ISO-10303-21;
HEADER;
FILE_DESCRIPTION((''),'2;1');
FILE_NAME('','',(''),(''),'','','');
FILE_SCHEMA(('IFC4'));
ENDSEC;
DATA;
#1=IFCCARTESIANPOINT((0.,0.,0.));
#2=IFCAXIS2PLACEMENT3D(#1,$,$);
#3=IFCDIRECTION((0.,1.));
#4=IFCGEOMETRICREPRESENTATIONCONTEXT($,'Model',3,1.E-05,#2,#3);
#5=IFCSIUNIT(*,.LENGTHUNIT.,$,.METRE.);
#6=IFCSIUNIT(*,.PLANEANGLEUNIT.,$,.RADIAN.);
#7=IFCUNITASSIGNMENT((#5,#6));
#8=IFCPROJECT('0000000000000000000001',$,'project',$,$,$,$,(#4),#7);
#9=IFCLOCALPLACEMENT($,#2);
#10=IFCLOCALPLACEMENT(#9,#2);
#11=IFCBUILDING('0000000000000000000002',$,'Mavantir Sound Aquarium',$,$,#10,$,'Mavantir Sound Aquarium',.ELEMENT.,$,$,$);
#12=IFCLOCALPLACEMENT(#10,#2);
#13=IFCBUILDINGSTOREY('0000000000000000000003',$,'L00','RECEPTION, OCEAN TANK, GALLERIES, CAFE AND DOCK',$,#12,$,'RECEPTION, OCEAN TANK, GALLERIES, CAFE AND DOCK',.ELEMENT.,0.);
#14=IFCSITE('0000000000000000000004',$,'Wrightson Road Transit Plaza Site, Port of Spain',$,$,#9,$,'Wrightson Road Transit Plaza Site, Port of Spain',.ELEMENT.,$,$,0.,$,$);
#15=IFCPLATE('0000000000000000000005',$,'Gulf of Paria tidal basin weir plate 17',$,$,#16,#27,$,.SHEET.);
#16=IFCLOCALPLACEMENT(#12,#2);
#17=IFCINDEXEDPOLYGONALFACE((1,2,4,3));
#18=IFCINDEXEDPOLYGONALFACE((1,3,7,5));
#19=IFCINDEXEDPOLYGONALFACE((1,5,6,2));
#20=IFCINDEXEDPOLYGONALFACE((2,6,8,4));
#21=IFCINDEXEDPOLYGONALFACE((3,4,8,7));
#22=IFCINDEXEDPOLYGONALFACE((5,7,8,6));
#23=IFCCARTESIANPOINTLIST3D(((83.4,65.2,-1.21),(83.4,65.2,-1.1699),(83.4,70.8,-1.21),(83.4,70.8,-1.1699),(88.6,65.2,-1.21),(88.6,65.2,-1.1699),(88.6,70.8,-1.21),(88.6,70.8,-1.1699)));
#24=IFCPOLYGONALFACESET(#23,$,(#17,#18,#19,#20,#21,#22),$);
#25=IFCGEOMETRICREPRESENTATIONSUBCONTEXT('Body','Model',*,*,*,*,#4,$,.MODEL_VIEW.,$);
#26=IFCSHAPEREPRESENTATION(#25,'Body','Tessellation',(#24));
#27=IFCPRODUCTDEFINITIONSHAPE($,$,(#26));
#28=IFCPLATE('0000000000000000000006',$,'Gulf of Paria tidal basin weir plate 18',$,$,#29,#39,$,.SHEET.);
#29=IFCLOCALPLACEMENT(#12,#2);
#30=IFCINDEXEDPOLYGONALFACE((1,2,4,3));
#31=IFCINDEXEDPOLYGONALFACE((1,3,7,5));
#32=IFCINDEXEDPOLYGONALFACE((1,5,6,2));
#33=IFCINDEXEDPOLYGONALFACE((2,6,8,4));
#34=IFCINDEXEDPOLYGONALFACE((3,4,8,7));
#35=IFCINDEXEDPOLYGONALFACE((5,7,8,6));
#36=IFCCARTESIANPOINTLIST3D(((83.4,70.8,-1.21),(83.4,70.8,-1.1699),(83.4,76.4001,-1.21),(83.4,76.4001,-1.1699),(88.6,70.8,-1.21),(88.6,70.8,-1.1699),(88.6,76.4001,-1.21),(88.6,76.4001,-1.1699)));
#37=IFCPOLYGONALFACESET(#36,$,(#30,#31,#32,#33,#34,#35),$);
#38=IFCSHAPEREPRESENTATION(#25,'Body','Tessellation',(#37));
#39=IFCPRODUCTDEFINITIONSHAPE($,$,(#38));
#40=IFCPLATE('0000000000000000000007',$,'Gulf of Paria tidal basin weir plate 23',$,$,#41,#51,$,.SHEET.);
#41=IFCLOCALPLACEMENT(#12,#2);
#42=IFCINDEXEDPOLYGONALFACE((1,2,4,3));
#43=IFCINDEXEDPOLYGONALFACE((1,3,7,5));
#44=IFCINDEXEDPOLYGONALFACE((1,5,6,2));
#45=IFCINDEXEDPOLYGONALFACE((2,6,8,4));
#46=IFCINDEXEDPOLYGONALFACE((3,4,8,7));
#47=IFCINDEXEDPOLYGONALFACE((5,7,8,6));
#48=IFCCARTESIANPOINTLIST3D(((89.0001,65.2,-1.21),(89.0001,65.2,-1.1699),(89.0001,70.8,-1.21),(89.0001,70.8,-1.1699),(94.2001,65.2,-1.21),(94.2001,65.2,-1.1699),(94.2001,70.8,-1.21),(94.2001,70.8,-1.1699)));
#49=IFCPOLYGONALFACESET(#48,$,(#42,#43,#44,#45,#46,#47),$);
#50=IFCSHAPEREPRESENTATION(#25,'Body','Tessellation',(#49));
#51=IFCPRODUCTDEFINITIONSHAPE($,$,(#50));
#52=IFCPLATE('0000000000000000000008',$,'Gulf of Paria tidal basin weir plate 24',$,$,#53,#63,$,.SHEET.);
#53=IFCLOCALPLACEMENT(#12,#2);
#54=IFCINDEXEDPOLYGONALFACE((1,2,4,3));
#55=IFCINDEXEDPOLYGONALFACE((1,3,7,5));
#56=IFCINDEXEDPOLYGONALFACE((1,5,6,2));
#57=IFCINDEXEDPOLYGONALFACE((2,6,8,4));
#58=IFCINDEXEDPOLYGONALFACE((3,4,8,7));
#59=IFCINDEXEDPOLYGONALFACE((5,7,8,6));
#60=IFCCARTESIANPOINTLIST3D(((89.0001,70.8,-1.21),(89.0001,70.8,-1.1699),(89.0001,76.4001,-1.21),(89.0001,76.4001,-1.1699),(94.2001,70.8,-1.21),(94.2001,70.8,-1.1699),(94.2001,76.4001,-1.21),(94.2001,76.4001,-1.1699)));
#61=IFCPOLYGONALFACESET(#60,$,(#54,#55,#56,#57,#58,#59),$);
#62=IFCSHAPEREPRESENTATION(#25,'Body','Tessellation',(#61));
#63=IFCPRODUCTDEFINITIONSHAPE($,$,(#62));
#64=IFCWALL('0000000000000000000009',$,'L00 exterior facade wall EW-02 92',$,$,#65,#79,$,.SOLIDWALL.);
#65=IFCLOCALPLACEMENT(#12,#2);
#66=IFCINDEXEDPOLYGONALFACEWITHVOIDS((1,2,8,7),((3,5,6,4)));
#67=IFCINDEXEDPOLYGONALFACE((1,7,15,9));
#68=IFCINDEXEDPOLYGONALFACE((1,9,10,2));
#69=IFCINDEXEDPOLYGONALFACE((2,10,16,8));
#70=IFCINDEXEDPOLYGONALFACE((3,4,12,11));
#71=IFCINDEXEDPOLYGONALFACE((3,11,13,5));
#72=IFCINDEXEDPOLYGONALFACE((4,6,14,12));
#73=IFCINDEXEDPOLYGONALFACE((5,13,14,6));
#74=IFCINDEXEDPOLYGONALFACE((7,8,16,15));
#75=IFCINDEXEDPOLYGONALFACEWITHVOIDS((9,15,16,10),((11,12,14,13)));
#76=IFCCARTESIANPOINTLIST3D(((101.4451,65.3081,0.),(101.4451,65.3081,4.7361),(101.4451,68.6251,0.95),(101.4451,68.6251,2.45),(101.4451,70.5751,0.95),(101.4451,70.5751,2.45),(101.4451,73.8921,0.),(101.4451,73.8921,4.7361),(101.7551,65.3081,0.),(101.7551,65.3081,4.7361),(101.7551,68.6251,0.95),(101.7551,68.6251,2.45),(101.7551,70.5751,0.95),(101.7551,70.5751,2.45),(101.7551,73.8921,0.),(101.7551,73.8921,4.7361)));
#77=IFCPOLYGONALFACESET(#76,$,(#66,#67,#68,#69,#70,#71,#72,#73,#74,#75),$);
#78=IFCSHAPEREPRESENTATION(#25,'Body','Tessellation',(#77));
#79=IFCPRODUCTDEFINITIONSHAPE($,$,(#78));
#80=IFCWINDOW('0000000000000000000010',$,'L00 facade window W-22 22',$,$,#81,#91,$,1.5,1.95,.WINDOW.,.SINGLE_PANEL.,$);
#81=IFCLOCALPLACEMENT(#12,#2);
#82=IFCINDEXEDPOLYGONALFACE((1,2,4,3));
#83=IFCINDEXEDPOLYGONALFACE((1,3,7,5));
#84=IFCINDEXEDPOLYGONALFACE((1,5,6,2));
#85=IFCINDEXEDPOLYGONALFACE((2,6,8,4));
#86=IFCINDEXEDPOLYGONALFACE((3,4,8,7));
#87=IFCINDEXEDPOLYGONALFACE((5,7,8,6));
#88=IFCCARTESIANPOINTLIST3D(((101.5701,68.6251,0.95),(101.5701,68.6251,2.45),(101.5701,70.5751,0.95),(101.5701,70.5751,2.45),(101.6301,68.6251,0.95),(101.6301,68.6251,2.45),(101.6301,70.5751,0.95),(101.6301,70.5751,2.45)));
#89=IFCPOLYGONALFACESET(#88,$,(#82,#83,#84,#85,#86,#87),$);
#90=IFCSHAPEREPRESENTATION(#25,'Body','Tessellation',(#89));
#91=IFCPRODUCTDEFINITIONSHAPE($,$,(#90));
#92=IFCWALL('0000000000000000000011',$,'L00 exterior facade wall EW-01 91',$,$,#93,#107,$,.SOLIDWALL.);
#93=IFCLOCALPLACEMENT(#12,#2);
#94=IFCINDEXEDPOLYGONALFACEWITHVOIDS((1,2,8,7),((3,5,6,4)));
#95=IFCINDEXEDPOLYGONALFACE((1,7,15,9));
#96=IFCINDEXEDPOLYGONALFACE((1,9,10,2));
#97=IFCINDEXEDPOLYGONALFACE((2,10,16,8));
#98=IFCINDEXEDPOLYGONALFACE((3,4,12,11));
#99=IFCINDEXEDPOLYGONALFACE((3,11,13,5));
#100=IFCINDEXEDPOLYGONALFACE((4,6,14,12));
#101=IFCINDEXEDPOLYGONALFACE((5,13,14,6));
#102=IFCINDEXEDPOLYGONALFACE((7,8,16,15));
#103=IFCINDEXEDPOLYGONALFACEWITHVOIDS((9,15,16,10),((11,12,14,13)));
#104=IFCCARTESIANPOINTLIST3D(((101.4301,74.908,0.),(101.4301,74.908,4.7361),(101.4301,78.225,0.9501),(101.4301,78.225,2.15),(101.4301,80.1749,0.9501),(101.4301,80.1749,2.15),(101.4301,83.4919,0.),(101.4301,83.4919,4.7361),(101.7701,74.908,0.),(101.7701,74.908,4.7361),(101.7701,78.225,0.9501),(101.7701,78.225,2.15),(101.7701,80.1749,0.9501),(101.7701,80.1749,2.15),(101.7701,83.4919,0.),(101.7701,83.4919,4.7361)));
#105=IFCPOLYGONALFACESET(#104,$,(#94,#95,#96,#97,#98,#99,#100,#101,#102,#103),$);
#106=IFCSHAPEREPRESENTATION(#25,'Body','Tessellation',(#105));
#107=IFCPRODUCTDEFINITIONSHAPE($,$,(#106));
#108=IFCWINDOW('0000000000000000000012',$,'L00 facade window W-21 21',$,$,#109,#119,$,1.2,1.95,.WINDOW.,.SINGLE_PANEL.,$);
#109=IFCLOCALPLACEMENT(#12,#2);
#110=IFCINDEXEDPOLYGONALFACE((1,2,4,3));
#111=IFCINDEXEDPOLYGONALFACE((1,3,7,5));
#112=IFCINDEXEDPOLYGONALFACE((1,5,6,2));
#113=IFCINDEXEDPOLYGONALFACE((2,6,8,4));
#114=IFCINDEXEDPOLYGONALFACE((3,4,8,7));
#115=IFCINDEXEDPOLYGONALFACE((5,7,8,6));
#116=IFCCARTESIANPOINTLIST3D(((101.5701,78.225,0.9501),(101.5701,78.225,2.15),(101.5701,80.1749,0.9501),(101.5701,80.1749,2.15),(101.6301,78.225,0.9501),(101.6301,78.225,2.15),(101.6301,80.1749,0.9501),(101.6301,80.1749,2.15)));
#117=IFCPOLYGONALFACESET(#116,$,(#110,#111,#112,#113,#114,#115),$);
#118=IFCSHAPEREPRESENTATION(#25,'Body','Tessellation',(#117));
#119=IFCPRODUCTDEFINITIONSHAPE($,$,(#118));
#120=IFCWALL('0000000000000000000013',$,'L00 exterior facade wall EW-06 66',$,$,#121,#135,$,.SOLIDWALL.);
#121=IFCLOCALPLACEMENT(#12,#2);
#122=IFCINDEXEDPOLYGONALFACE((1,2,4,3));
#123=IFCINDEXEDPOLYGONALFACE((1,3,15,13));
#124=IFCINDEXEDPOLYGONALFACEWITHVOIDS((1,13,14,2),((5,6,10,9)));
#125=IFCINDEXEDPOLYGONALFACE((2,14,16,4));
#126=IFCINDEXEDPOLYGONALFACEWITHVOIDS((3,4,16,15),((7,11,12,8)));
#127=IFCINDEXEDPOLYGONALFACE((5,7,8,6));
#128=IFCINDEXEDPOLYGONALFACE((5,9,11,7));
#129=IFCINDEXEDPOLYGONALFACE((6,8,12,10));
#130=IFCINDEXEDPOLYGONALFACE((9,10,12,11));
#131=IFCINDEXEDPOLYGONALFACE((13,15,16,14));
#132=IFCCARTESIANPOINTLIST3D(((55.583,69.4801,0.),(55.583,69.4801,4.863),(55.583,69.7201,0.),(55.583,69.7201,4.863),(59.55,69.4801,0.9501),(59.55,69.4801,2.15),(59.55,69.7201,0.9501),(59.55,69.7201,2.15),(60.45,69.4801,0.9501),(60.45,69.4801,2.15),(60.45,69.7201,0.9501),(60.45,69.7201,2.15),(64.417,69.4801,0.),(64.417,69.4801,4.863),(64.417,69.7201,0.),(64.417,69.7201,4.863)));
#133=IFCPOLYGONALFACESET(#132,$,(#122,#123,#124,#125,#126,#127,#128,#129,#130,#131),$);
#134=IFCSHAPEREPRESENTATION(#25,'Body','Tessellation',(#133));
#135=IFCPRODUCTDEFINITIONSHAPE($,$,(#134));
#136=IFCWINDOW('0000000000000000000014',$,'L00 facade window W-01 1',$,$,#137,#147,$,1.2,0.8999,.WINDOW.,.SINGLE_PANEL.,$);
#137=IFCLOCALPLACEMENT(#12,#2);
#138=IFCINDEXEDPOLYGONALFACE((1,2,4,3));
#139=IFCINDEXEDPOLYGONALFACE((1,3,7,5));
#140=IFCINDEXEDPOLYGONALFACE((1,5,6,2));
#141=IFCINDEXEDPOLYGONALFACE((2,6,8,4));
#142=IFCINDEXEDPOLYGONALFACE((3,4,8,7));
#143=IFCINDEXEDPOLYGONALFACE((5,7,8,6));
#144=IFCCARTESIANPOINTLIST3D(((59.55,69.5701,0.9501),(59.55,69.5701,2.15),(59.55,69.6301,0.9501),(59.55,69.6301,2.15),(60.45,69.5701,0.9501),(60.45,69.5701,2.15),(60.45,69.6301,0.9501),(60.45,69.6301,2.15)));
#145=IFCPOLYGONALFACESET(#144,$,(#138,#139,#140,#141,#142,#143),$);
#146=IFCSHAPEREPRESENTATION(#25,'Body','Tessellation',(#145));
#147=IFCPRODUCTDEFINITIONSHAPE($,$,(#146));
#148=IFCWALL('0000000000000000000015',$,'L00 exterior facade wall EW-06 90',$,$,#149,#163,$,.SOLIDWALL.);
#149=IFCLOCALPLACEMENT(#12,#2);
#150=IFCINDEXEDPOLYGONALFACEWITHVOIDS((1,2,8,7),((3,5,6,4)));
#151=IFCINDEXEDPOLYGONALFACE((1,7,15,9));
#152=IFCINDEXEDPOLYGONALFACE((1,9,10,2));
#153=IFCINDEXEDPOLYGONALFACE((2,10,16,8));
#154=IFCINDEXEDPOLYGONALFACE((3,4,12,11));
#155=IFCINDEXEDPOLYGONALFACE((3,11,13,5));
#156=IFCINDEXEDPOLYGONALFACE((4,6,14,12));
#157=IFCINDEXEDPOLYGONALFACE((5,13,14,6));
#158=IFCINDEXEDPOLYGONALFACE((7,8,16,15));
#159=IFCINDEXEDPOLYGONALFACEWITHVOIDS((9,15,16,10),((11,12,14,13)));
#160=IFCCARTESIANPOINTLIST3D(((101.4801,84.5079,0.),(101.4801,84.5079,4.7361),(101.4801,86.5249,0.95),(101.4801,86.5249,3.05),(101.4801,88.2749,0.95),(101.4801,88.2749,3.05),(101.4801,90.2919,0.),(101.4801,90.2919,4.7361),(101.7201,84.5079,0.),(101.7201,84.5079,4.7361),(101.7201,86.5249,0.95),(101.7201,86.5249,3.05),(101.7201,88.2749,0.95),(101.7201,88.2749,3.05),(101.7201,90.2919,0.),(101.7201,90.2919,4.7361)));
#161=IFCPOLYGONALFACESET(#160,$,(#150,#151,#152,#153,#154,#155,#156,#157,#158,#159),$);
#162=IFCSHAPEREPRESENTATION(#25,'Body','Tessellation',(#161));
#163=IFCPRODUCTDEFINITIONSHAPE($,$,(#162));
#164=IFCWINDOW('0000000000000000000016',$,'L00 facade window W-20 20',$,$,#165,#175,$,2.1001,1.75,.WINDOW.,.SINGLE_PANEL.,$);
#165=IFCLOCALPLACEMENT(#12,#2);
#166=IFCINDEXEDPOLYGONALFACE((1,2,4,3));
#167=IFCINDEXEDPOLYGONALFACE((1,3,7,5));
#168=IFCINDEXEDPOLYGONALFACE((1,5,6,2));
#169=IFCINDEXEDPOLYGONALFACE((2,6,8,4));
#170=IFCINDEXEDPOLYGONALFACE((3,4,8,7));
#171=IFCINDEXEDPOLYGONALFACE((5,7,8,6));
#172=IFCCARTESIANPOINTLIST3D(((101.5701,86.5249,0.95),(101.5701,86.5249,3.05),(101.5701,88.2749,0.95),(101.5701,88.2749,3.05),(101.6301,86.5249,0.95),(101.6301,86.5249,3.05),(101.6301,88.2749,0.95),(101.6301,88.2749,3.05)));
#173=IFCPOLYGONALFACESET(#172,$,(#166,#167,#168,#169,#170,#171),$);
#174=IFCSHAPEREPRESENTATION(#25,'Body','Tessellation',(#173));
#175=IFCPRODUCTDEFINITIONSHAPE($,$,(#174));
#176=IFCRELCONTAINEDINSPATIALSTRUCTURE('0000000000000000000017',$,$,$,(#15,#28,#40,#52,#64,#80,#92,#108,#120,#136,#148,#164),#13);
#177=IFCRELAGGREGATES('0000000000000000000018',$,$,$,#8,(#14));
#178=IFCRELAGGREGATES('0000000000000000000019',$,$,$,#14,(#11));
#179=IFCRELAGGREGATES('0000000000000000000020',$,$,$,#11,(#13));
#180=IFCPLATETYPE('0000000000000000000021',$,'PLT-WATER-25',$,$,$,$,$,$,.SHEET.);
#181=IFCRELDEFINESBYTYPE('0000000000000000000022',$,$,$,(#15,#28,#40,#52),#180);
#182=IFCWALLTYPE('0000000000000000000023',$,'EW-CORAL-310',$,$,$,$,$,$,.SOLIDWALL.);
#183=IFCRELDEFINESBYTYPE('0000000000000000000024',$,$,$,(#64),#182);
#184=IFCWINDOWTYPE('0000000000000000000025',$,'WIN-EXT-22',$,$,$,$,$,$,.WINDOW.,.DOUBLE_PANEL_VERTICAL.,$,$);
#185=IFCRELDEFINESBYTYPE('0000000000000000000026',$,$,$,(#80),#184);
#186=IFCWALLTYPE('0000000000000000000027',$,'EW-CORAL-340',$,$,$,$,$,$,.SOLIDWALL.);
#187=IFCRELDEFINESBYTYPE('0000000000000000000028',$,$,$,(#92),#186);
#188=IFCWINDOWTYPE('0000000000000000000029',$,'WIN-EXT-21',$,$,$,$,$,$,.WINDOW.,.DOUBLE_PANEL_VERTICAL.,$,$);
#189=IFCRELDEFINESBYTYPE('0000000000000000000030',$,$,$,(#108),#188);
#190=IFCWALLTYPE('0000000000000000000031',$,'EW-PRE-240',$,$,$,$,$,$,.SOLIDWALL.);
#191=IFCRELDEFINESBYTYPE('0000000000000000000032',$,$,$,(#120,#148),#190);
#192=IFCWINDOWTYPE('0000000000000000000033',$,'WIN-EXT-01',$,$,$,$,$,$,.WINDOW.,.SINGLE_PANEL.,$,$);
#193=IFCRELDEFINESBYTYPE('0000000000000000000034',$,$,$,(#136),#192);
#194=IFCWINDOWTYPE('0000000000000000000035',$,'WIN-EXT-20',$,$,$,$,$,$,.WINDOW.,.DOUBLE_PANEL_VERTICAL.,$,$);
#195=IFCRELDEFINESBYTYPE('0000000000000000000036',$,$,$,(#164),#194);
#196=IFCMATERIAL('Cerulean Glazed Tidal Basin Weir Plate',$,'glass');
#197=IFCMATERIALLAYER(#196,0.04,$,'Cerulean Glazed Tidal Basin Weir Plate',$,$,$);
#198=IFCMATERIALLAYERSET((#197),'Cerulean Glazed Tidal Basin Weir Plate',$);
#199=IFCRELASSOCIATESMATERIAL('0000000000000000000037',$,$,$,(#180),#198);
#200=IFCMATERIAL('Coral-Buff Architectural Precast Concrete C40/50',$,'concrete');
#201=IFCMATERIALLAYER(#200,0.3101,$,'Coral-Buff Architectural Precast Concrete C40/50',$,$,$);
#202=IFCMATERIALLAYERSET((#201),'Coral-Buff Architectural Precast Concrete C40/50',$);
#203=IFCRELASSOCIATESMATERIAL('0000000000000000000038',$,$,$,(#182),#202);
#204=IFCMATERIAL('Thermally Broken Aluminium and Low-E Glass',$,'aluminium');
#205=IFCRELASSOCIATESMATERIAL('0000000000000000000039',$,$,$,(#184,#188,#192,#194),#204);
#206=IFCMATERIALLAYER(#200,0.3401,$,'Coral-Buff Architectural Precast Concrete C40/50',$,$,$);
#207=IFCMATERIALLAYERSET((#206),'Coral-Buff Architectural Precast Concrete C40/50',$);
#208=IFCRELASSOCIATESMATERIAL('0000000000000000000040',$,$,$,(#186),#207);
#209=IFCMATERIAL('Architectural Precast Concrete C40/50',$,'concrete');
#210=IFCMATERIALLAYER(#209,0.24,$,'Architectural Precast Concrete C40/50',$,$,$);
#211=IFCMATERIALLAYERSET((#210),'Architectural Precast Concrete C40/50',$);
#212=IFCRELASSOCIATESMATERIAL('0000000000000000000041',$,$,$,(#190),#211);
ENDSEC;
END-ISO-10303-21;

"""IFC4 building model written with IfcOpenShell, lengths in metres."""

from ifc_helpers import new_model, si_unit, direction, frame, frame_2d, origin, origin_2d, place, context, subcontext, project, spatial, rectangle, extrude, material, layer, layer_set, type_object, element, fill, save


model = new_model("IFC4")

# Units and contexts
model_context = context("Model", 3, precision=1e-05, world=origin(), true_north=direction((0.0, 1.0)))
body_context = subcontext(model_context, "Body", "Model", "MODEL_VIEW")
ifc_project = project(units=[si_unit("LENGTHUNIT", "METRE"), si_unit("PLANEANGLEUNIT", "RADIAN")], contexts=[model_context])

# Site, building, storey
site_placement = place(None, origin())
site = spatial("IfcSite", under=ifc_project, at=site_placement, Name="Wrightson Road Transit Plaza Site, Port of Spain", LongName="Wrightson Road Transit Plaza Site, Port of Spain", CompositionType="ELEMENT", RefElevation=0.0)
building_placement = place(site_placement, origin())
building = spatial("IfcBuilding", under=site, at=building_placement, Name="Mavantir Sound Aquarium", LongName="Mavantir Sound Aquarium", CompositionType="ELEMENT")
storey_placement = place(building_placement, origin())
storey = spatial("IfcBuildingStorey", under=building, at=storey_placement, Name="L00", Description="RECEPTION, OCEAN TANK, GALLERIES, CAFE AND DOCK", LongName="RECEPTION, OCEAN TANK, GALLERIES, CAFE AND DOCK", CompositionType="ELEMENT", Elevation=0.0)

# Plates
ifc_material_1 = material(Name="Cerulean Glazed Tidal Basin Weir Plate", Category="glass")
ifc_layer_1 = layer(ifc_material_1, 0.04, Name="Cerulean Glazed Tidal Basin Weir Plate")
ifc_layer_set_1 = layer_set([ifc_layer_1], Name="Cerulean Glazed Tidal Basin Weir Plate")
plate_type_1 = type_object("IfcPlateType", Name="PLT-WATER-25", PredefinedType="SHEET", material=ifc_layer_set_1)
for number, where, z_axis, x_axis, name in (
    (1, (86.0, 68.0, -1.21), (0.0, 0.0, 1.0), (1.0, 0.0, 0.0), "Gulf of Paria tidal basin weir plate 17"),
    (2, (86.0, 73.6001, -1.21), (0.0, 0.0, 1.0), (1.0, 0.0, 0.0), "Gulf of Paria tidal basin weir plate 18"),
    (3, (91.6001, 68.0, -1.21), (0.0, 0.0, 1.0), (1.0, 0.0, 0.0), "Gulf of Paria tidal basin weir plate 23"),
    (4, (91.6001, 73.6001, -1.21), (0.0, 0.0, 1.0), (1.0, 0.0, 0.0), "Gulf of Paria tidal basin weir plate 24"),
):
    element("IfcPlate", number, at=place(storey_placement, frame(where, z_axis=z_axis, x_axis=x_axis)), inside=storey, type_object=plate_type_1, Name=name, PredefinedType="SHEET", context=body_context, shape_type="SweptSolid", body=[
        extrude(rectangle(XDim=5.2, YDim=5.6001, at=origin_2d()), origin(), (0.0, 0.0, 1.0), 0.04),
    ])

# Walls, openings, windows
ifc_material_2 = material(Name="Coral-Buff Architectural Precast Concrete C40/50", Category="concrete")
ifc_layer_2 = layer(ifc_material_2, 0.3101, Name="Coral-Buff Architectural Precast Concrete C40/50")
ifc_layer_set_2 = layer_set([ifc_layer_2], Name="Coral-Buff Architectural Precast Concrete C40/50")
wall_type_1 = type_object("IfcWallType", Name="EW-CORAL-310", PredefinedType="SOLIDWALL", material=ifc_layer_set_2)
wall_1_placement = place(storey_placement, frame((101.6001, 73.8921, 0.0), z_axis=(0.0, 0.0, 1.0), x_axis=(0.0, -1.0, 0.0)))
wall_1 = element("IfcWall", 5, at=wall_1_placement, inside=storey, type_object=wall_type_1, Name="L00 exterior facade wall EW-02 92", PredefinedType="SOLIDWALL", context=body_context, shape_type="SweptSolid", body=[
    extrude(rectangle(XDim=8.584, YDim=0.3101, at=frame_2d((4.292, 0.0))), origin(), (0.0, 0.0, 1.0), 4.7361),
])
opening_1_placement = place(wall_1_placement, frame((3.3169, 0.0, 0.95)))
opening_1 = element("IfcOpeningElement", 6, at=opening_1_placement, cuts=wall_1, PredefinedType="OPENING", context=body_context, shape_type="SweptSolid", body=[
    extrude(rectangle(XDim=1.95, YDim=1.5, at=frame_2d((0.9751, 0.75))), frame((0.0, 0.165, 0.0), z_axis=(0.0, -1.0, 0.0), x_axis=(1.0, 0.0, 0.0)), (0.0, 0.0, 1.0), 0.3301),
])
ifc_material_3 = material(Name="Thermally Broken Aluminium and Low-E Glass", Category="aluminium")
window_type_1 = type_object("IfcWindowType", Name="WIN-EXT-22", PartitioningType="DOUBLE_PANEL_VERTICAL", PredefinedType="WINDOW", material=ifc_material_3)
window_1_placement = place(opening_1_placement, origin())
window_1 = element("IfcWindow", 7, at=window_1_placement, inside=storey, type_object=window_type_1, Name="L00 facade window W-22 22", OverallHeight=1.5, OverallWidth=1.95, PartitioningType="SINGLE_PANEL", PredefinedType="WINDOW", context=body_context, shape_type="SweptSolid", body=[
    extrude(rectangle(XDim=1.95, YDim=1.5, at=frame_2d((0.9751, 0.75))), frame((0.0, 0.03, 0.0), z_axis=(0.0, -1.0, 0.0), x_axis=(1.0, 0.0, 0.0)), (0.0, 0.0, 1.0), 0.0601),
])
fill(opening_1, window_1)
ifc_layer_3 = layer(ifc_material_2, 0.3401, Name="Coral-Buff Architectural Precast Concrete C40/50")
ifc_layer_set_3 = layer_set([ifc_layer_3], Name="Coral-Buff Architectural Precast Concrete C40/50")
wall_type_2 = type_object("IfcWallType", Name="EW-CORAL-340", PredefinedType="SOLIDWALL", material=ifc_layer_set_3)
wall_2_placement = place(storey_placement, frame((101.6001, 83.4919, 0.0), z_axis=(0.0, 0.0, 1.0), x_axis=(0.0, -1.0, 0.0)))
wall_2 = element("IfcWall", 8, at=wall_2_placement, inside=storey, type_object=wall_type_2, Name="L00 exterior facade wall EW-01 91", PredefinedType="SOLIDWALL", context=body_context, shape_type="SweptSolid", body=[
    extrude(rectangle(XDim=8.584, YDim=0.3401, at=frame_2d((4.292, 0.0))), origin(), (0.0, 0.0, 1.0), 4.7361),
])
opening_2_placement = place(wall_2_placement, frame((3.3169, 0.0, 0.95)))
opening_2 = element("IfcOpeningElement", 9, at=opening_2_placement, cuts=wall_2, PredefinedType="OPENING", context=body_context, shape_type="SweptSolid", body=[
    extrude(rectangle(XDim=1.95, YDim=1.2, at=frame_2d((0.9751, 0.6001))), frame((0.0, 0.1802, 0.0), z_axis=(0.0, -1.0, 0.0), x_axis=(1.0, 0.0, 0.0)), (0.0, 0.0, 1.0), 0.3601),
])
window_type_2 = type_object("IfcWindowType", Name="WIN-EXT-21", PartitioningType="DOUBLE_PANEL_VERTICAL", PredefinedType="WINDOW", material=ifc_material_3)
window_2_placement = place(opening_2_placement, origin())
window_2 = element("IfcWindow", 10, at=window_2_placement, inside=storey, type_object=window_type_2, Name="L00 facade window W-21 21", OverallHeight=1.2, OverallWidth=1.95, PartitioningType="SINGLE_PANEL", PredefinedType="WINDOW", context=body_context, shape_type="SweptSolid", body=[
    extrude(rectangle(XDim=1.95, YDim=1.2, at=frame_2d((0.9751, 0.6001))), frame((0.0, 0.03, 0.0), z_axis=(0.0, -1.0, 0.0), x_axis=(1.0, 0.0, 0.0)), (0.0, 0.0, 1.0), 0.0601),
])
fill(opening_2, window_2)
ifc_material_4 = material(Name="Architectural Precast Concrete C40/50", Category="concrete")
ifc_layer_4 = layer(ifc_material_4, 0.24, Name="Architectural Precast Concrete C40/50")
ifc_layer_set_4 = layer_set([ifc_layer_4], Name="Architectural Precast Concrete C40/50")
wall_type_3 = type_object("IfcWallType", Name="EW-PRE-240", PredefinedType="SOLIDWALL", material=ifc_layer_set_4)
wall_3_placement = place(storey_placement, frame((64.417, 69.6001, 0.0), z_axis=(0.0, 0.0, 1.0), x_axis=(-1.0, 0.0, 0.0)))
wall_3 = element("IfcWall", 11, at=wall_3_placement, inside=storey, type_object=wall_type_3, Name="L00 exterior facade wall EW-06 66", PredefinedType="SOLIDWALL", context=body_context, shape_type="SweptSolid", body=[
    extrude(rectangle(XDim=8.834, YDim=0.24, at=frame_2d((4.417, 0.0))), origin(), (0.0, 0.0, 1.0), 4.863),
])
opening_3_placement = place(wall_3_placement, frame((3.967, 0.0, 0.95)))
opening_3 = element("IfcOpeningElement", 12, at=opening_3_placement, cuts=wall_3, PredefinedType="OPENING", context=body_context, shape_type="SweptSolid", body=[
    extrude(rectangle(XDim=0.8999, YDim=1.2, at=frame_2d((0.45, 0.6001))), frame((0.0, 0.1299, 0.0), z_axis=(0.0, -1.0, 0.0), x_axis=(1.0, 0.0, 0.0)), (0.0, 0.0, 1.0), 0.26),
])
window_type_3 = type_object("IfcWindowType", Name="WIN-EXT-01", PartitioningType="SINGLE_PANEL", PredefinedType="WINDOW", material=ifc_material_3)
window_3_placement = place(opening_3_placement, origin())
window_3 = element("IfcWindow", 13, at=window_3_placement, inside=storey, type_object=window_type_3, Name="L00 facade window W-01 1", OverallHeight=1.2, OverallWidth=0.8999, PartitioningType="SINGLE_PANEL", PredefinedType="WINDOW", context=body_context, shape_type="SweptSolid", body=[
    extrude(rectangle(XDim=0.8999, YDim=1.2, at=frame_2d((0.45, 0.6001))), frame((0.0, 0.03, 0.0), z_axis=(0.0, -1.0, 0.0), x_axis=(1.0, 0.0, 0.0)), (0.0, 0.0, 1.0), 0.0601),
])
fill(opening_3, window_3)
wall_4_placement = place(storey_placement, frame((101.6001, 90.292, 0.0), z_axis=(0.0, 0.0, 1.0), x_axis=(0.0, -1.0, 0.0)))
wall_4 = element("IfcWall", 14, at=wall_4_placement, inside=storey, type_object=wall_type_3, Name="L00 exterior facade wall EW-06 90", PredefinedType="SOLIDWALL", context=body_context, shape_type="SweptSolid", body=[
    extrude(rectangle(XDim=5.7839, YDim=0.24, at=frame_2d((2.8921, 0.0))), origin(), (0.0, 0.0, 1.0), 4.7361),
])
opening_4_placement = place(wall_4_placement, frame((2.0171, 0.0, 0.95)))
opening_4 = element("IfcOpeningElement", 15, at=opening_4_placement, cuts=wall_4, PredefinedType="OPENING", context=body_context, shape_type="SweptSolid", body=[
    extrude(rectangle(XDim=1.75, YDim=2.1001, at=frame_2d((0.875, 1.05))), frame((0.0, 0.1299, 0.0), z_axis=(0.0, -1.0, 0.0), x_axis=(1.0, 0.0, 0.0)), (0.0, 0.0, 1.0), 0.26),
])
window_type_4 = type_object("IfcWindowType", Name="WIN-EXT-20", PartitioningType="DOUBLE_PANEL_VERTICAL", PredefinedType="WINDOW", material=ifc_material_3)
window_4_placement = place(opening_4_placement, origin())
window_4 = element("IfcWindow", 16, at=window_4_placement, inside=storey, type_object=window_type_4, Name="L00 facade window W-20 20", OverallHeight=2.1001, OverallWidth=1.75, PartitioningType="SINGLE_PANEL", PredefinedType="WINDOW", context=body_context, shape_type="SweptSolid", body=[
    extrude(rectangle(XDim=1.75, YDim=2.1001, at=frame_2d((0.875, 1.05))), frame((0.0, 0.03, 0.0), z_axis=(0.0, -1.0, 0.0), x_axis=(1.0, 0.0, 0.0)), (0.0, 0.0, 1.0), 0.0601),
])
fill(opening_4, window_4)

save(model, "model.ifc")
